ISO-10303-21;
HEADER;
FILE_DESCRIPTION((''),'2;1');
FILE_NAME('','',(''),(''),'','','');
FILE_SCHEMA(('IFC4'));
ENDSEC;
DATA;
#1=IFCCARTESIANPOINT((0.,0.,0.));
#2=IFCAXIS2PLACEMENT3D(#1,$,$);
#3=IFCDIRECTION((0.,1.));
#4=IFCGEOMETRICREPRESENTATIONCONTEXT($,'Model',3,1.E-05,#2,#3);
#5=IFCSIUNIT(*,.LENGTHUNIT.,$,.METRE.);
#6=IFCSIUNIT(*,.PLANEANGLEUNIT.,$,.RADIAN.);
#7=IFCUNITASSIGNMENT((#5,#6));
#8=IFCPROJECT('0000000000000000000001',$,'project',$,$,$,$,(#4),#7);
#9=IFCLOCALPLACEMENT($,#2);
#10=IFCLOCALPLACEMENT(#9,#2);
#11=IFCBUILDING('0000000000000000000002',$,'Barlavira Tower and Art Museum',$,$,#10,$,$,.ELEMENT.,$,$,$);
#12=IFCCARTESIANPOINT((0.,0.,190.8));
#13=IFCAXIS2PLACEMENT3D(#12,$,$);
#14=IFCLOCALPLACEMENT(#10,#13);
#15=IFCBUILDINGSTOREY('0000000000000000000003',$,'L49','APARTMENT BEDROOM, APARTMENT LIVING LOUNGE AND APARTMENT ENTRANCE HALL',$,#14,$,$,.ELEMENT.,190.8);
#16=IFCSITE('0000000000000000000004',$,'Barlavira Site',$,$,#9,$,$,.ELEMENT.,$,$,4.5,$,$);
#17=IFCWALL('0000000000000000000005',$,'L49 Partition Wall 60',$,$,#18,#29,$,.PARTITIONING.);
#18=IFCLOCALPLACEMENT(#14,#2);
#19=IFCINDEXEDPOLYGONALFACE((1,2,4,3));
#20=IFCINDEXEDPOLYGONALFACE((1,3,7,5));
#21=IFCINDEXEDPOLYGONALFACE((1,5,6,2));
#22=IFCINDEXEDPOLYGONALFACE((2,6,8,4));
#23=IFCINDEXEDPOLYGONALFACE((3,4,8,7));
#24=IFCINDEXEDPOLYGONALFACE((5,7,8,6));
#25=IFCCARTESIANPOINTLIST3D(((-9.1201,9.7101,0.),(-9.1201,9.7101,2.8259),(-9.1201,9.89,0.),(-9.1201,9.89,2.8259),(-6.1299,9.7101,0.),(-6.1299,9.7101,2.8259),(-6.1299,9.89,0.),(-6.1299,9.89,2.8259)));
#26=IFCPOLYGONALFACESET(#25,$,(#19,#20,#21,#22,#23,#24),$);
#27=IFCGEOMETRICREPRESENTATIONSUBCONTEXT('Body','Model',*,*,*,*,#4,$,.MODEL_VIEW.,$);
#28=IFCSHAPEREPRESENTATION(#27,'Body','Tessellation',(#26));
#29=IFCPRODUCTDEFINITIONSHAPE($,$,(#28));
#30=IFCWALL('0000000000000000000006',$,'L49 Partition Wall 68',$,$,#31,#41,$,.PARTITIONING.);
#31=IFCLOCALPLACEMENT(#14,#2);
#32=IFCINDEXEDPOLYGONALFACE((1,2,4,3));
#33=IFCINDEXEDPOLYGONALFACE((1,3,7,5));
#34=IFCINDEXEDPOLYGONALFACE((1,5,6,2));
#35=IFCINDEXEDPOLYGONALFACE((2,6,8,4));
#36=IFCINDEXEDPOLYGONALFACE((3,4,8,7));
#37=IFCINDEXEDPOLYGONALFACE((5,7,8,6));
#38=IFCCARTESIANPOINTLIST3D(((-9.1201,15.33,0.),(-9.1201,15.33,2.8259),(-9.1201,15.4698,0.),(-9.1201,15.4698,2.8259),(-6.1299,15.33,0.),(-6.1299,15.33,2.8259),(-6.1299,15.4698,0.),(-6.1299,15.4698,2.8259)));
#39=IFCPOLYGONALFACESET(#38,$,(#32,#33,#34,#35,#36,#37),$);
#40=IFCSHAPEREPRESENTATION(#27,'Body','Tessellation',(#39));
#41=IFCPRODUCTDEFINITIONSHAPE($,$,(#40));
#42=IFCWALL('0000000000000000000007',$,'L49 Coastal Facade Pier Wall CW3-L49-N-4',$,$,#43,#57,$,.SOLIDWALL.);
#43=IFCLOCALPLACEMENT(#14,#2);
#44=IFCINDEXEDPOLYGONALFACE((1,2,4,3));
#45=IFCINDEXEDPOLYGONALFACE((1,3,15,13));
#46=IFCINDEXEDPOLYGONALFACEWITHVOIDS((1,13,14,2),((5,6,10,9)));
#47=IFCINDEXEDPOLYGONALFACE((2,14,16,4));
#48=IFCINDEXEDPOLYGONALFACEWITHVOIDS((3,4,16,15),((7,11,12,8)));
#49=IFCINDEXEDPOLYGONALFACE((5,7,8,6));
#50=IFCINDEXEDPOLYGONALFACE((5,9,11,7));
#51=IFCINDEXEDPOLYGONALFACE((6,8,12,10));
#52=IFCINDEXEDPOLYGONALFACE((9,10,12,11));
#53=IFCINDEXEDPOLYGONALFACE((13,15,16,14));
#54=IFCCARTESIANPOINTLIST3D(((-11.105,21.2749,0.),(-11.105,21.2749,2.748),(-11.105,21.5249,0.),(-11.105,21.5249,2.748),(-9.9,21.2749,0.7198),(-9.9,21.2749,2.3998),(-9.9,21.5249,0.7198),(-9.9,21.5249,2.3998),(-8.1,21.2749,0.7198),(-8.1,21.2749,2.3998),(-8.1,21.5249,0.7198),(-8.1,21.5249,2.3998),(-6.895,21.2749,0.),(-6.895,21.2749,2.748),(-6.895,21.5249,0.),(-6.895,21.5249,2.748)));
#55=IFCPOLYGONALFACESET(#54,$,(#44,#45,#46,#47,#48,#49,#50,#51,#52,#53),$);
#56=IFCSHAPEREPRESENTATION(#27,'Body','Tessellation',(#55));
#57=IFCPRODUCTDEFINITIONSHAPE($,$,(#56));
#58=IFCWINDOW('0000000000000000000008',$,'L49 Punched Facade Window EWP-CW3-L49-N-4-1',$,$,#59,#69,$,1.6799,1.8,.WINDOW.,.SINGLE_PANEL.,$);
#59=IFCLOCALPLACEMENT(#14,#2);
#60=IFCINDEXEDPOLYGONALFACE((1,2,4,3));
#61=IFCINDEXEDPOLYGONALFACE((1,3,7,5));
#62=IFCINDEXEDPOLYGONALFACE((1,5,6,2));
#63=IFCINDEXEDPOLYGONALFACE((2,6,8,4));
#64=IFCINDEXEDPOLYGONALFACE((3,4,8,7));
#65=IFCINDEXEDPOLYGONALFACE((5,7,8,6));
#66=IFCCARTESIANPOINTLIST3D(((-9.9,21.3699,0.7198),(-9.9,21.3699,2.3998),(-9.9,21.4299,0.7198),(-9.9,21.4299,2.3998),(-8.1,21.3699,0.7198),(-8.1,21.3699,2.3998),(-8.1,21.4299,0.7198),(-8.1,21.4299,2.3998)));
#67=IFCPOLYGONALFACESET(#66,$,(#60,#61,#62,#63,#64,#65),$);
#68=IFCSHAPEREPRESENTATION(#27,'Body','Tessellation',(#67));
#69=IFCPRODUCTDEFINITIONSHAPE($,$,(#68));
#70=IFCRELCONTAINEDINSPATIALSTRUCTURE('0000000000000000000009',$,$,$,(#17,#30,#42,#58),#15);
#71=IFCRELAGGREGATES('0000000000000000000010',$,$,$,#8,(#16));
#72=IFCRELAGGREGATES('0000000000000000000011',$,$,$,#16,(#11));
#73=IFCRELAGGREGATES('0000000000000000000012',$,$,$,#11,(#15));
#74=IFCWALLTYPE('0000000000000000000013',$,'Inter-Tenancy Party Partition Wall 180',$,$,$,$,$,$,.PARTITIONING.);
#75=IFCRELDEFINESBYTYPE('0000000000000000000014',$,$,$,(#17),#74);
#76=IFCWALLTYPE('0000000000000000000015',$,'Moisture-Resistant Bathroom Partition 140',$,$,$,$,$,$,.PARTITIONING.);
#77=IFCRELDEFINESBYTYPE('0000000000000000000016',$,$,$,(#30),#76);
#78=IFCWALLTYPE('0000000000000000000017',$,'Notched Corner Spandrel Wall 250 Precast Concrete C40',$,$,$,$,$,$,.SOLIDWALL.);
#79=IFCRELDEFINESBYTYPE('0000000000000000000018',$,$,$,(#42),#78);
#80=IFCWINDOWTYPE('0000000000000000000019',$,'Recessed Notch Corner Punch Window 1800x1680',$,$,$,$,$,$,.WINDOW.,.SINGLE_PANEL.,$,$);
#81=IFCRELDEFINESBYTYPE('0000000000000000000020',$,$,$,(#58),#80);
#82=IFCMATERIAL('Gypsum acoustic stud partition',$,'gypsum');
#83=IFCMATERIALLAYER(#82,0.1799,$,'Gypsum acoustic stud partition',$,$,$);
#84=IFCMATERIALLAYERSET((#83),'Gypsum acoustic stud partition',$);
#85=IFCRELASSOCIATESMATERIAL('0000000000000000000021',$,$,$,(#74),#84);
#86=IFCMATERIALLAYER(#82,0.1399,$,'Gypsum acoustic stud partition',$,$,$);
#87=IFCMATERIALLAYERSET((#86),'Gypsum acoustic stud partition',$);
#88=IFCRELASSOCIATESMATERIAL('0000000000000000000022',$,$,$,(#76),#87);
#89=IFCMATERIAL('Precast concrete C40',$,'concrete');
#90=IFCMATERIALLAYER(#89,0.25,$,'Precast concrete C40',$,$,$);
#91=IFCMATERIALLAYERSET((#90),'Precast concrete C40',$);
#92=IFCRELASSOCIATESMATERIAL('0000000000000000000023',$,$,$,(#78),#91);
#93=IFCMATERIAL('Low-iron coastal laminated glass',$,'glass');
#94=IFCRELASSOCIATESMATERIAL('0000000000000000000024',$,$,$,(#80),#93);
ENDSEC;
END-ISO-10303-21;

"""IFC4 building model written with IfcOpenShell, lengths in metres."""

from ifc_helpers import new_model, si_unit, direction, frame, frame_2d, origin, place, context, subcontext, project, spatial, rectangle, extrude, material, layer, layer_set, type_object, element, fill, save


model = new_model("IFC4")

# Units and contexts
model_context = context("Model", 3, precision=1e-05, world=origin(), true_north=direction((0.0, 1.0)))
body_context = subcontext(model_context, "Body", "Model", "MODEL_VIEW")
ifc_project = project(units=[si_unit("LENGTHUNIT", "METRE"), si_unit("PLANEANGLEUNIT", "RADIAN")], contexts=[model_context])

# Site, building, storey
site_placement = place(None, origin())
site = spatial("IfcSite", under=ifc_project, at=site_placement, Name="Barlavira Site", CompositionType="ELEMENT", RefElevation=4.5)
building_placement = place(site_placement, origin())
building = spatial("IfcBuilding", under=site, at=building_placement, Name="Barlavira Tower and Art Museum", CompositionType="ELEMENT")
storey_placement = place(building_placement, frame((0.0, 0.0, 190.8)))
storey = spatial("IfcBuildingStorey", under=building, at=storey_placement, Name="L49", Description="APARTMENT BEDROOM, APARTMENT LIVING LOUNGE AND APARTMENT ENTRANCE HALL", CompositionType="ELEMENT", Elevation=190.8)

# Shared definitions
ifc_material_1 = material(Name="Gypsum acoustic stud partition", Category="gypsum")

# Walls
ifc_layer_1 = layer(ifc_material_1, 0.1799, Name="Gypsum acoustic stud partition")
ifc_layer_set_1 = layer_set([ifc_layer_1], Name="Gypsum acoustic stud partition")
wall_type_1 = type_object("IfcWallType", Name="Inter-Tenancy Party Partition Wall 180", PredefinedType="PARTITIONING", material=ifc_layer_set_1)
wall_1_placement = place(storey_placement, frame((-9.1201, 9.8, 0.0), z_axis=(0.0, 0.0, 1.0), x_axis=(1.0, 0.0, 0.0)))
element("IfcWall", 1, at=wall_1_placement, inside=storey, type_object=wall_type_1, Name="L49 Partition Wall 60", PredefinedType="PARTITIONING", context=body_context, shape_type="SweptSolid", body=[
    extrude(rectangle(XDim=2.9902, YDim=0.1799, at=frame_2d((1.4951, 0.0))), origin(), (0.0, 0.0, 1.0), 2.8259),
])
ifc_layer_2 = layer(ifc_material_1, 0.1399, Name="Gypsum acoustic stud partition")
ifc_layer_set_2 = layer_set([ifc_layer_2], Name="Gypsum acoustic stud partition")
wall_type_2 = type_object("IfcWallType", Name="Moisture-Resistant Bathroom Partition 140", PredefinedType="PARTITIONING", material=ifc_layer_set_2)
wall_2_placement = place(storey_placement, frame((-9.1201, 15.3999, 0.0), z_axis=(0.0, 0.0, 1.0), x_axis=(1.0, 0.0, 0.0)))
element("IfcWall", 2, at=wall_2_placement, inside=storey, type_object=wall_type_2, Name="L49 Partition Wall 68", PredefinedType="PARTITIONING", context=body_context, shape_type="SweptSolid", body=[
    extrude(rectangle(XDim=2.9902, YDim=0.1399, at=frame_2d((1.4951, 0.0))), origin(), (0.0, 0.0, 1.0), 2.8259),
])

# Wall, opening, window
ifc_material_2 = material(Name="Precast concrete C40", Category="concrete")
ifc_layer_3 = layer(ifc_material_2, 0.25, Name="Precast concrete C40")
ifc_layer_set_3 = layer_set([ifc_layer_3], Name="Precast concrete C40")
wall_type_3 = type_object("IfcWallType", Name="Notched Corner Spandrel Wall 250 Precast Concrete C40", PredefinedType="SOLIDWALL", material=ifc_layer_set_3)
wall_3_placement = place(storey_placement, frame((-6.895, 21.3999, 0.0), z_axis=(0.0, 0.0, 1.0), x_axis=(-1.0, 0.0, 0.0)))
wall_3 = element("IfcWall", 3, at=wall_3_placement, inside=storey, type_object=wall_type_3, Name="L49 Coastal Facade Pier Wall CW3-L49-N-4", PredefinedType="SOLIDWALL", context=body_context, shape_type="SweptSolid", body=[
    extrude(rectangle(XDim=4.21, YDim=0.25, at=frame_2d((2.105, 0.0))), origin(), (0.0, 0.0, 1.0), 2.748),
])
opening_1_placement = place(wall_3_placement, frame((1.2051, 0.0, 0.72)))
opening_1 = element("IfcOpeningElement", 4, at=opening_1_placement, cuts=wall_3, PredefinedType="OPENING", context=body_context, shape_type="SweptSolid", body=[
    extrude(rectangle(XDim=1.8, YDim=1.6799, at=frame_2d((0.8999, 0.8398))), frame((0.0, 0.135, 0.0), z_axis=(0.0, -1.0, 0.0), x_axis=(1.0, 0.0, 0.0)), (0.0, 0.0, 1.0), 0.27),
])
ifc_material_3 = material(Name="Low-iron coastal laminated glass", Category="glass")
window_type = type_object("IfcWindowType", Name="Recessed Notch Corner Punch Window 1800x1680", PartitioningType="SINGLE_PANEL", PredefinedType="WINDOW", material=ifc_material_3)
window_placement = place(opening_1_placement, origin())
window = element("IfcWindow", 5, at=window_placement, inside=storey, type_object=window_type, Name="L49 Punched Facade Window EWP-CW3-L49-N-4-1", OverallHeight=1.6799, OverallWidth=1.8, PartitioningType="SINGLE_PANEL", PredefinedType="WINDOW", context=body_context, shape_type="SweptSolid", body=[
    extrude(rectangle(XDim=1.8, YDim=1.6799, at=frame_2d((0.8999, 0.8398))), frame((0.0, 0.03, 0.0), z_axis=(0.0, -1.0, 0.0), x_axis=(1.0, 0.0, 0.0)), (0.0, 0.0, 1.0), 0.0601),
])
fill(opening_1, window)

save(model, "model.ifc")
